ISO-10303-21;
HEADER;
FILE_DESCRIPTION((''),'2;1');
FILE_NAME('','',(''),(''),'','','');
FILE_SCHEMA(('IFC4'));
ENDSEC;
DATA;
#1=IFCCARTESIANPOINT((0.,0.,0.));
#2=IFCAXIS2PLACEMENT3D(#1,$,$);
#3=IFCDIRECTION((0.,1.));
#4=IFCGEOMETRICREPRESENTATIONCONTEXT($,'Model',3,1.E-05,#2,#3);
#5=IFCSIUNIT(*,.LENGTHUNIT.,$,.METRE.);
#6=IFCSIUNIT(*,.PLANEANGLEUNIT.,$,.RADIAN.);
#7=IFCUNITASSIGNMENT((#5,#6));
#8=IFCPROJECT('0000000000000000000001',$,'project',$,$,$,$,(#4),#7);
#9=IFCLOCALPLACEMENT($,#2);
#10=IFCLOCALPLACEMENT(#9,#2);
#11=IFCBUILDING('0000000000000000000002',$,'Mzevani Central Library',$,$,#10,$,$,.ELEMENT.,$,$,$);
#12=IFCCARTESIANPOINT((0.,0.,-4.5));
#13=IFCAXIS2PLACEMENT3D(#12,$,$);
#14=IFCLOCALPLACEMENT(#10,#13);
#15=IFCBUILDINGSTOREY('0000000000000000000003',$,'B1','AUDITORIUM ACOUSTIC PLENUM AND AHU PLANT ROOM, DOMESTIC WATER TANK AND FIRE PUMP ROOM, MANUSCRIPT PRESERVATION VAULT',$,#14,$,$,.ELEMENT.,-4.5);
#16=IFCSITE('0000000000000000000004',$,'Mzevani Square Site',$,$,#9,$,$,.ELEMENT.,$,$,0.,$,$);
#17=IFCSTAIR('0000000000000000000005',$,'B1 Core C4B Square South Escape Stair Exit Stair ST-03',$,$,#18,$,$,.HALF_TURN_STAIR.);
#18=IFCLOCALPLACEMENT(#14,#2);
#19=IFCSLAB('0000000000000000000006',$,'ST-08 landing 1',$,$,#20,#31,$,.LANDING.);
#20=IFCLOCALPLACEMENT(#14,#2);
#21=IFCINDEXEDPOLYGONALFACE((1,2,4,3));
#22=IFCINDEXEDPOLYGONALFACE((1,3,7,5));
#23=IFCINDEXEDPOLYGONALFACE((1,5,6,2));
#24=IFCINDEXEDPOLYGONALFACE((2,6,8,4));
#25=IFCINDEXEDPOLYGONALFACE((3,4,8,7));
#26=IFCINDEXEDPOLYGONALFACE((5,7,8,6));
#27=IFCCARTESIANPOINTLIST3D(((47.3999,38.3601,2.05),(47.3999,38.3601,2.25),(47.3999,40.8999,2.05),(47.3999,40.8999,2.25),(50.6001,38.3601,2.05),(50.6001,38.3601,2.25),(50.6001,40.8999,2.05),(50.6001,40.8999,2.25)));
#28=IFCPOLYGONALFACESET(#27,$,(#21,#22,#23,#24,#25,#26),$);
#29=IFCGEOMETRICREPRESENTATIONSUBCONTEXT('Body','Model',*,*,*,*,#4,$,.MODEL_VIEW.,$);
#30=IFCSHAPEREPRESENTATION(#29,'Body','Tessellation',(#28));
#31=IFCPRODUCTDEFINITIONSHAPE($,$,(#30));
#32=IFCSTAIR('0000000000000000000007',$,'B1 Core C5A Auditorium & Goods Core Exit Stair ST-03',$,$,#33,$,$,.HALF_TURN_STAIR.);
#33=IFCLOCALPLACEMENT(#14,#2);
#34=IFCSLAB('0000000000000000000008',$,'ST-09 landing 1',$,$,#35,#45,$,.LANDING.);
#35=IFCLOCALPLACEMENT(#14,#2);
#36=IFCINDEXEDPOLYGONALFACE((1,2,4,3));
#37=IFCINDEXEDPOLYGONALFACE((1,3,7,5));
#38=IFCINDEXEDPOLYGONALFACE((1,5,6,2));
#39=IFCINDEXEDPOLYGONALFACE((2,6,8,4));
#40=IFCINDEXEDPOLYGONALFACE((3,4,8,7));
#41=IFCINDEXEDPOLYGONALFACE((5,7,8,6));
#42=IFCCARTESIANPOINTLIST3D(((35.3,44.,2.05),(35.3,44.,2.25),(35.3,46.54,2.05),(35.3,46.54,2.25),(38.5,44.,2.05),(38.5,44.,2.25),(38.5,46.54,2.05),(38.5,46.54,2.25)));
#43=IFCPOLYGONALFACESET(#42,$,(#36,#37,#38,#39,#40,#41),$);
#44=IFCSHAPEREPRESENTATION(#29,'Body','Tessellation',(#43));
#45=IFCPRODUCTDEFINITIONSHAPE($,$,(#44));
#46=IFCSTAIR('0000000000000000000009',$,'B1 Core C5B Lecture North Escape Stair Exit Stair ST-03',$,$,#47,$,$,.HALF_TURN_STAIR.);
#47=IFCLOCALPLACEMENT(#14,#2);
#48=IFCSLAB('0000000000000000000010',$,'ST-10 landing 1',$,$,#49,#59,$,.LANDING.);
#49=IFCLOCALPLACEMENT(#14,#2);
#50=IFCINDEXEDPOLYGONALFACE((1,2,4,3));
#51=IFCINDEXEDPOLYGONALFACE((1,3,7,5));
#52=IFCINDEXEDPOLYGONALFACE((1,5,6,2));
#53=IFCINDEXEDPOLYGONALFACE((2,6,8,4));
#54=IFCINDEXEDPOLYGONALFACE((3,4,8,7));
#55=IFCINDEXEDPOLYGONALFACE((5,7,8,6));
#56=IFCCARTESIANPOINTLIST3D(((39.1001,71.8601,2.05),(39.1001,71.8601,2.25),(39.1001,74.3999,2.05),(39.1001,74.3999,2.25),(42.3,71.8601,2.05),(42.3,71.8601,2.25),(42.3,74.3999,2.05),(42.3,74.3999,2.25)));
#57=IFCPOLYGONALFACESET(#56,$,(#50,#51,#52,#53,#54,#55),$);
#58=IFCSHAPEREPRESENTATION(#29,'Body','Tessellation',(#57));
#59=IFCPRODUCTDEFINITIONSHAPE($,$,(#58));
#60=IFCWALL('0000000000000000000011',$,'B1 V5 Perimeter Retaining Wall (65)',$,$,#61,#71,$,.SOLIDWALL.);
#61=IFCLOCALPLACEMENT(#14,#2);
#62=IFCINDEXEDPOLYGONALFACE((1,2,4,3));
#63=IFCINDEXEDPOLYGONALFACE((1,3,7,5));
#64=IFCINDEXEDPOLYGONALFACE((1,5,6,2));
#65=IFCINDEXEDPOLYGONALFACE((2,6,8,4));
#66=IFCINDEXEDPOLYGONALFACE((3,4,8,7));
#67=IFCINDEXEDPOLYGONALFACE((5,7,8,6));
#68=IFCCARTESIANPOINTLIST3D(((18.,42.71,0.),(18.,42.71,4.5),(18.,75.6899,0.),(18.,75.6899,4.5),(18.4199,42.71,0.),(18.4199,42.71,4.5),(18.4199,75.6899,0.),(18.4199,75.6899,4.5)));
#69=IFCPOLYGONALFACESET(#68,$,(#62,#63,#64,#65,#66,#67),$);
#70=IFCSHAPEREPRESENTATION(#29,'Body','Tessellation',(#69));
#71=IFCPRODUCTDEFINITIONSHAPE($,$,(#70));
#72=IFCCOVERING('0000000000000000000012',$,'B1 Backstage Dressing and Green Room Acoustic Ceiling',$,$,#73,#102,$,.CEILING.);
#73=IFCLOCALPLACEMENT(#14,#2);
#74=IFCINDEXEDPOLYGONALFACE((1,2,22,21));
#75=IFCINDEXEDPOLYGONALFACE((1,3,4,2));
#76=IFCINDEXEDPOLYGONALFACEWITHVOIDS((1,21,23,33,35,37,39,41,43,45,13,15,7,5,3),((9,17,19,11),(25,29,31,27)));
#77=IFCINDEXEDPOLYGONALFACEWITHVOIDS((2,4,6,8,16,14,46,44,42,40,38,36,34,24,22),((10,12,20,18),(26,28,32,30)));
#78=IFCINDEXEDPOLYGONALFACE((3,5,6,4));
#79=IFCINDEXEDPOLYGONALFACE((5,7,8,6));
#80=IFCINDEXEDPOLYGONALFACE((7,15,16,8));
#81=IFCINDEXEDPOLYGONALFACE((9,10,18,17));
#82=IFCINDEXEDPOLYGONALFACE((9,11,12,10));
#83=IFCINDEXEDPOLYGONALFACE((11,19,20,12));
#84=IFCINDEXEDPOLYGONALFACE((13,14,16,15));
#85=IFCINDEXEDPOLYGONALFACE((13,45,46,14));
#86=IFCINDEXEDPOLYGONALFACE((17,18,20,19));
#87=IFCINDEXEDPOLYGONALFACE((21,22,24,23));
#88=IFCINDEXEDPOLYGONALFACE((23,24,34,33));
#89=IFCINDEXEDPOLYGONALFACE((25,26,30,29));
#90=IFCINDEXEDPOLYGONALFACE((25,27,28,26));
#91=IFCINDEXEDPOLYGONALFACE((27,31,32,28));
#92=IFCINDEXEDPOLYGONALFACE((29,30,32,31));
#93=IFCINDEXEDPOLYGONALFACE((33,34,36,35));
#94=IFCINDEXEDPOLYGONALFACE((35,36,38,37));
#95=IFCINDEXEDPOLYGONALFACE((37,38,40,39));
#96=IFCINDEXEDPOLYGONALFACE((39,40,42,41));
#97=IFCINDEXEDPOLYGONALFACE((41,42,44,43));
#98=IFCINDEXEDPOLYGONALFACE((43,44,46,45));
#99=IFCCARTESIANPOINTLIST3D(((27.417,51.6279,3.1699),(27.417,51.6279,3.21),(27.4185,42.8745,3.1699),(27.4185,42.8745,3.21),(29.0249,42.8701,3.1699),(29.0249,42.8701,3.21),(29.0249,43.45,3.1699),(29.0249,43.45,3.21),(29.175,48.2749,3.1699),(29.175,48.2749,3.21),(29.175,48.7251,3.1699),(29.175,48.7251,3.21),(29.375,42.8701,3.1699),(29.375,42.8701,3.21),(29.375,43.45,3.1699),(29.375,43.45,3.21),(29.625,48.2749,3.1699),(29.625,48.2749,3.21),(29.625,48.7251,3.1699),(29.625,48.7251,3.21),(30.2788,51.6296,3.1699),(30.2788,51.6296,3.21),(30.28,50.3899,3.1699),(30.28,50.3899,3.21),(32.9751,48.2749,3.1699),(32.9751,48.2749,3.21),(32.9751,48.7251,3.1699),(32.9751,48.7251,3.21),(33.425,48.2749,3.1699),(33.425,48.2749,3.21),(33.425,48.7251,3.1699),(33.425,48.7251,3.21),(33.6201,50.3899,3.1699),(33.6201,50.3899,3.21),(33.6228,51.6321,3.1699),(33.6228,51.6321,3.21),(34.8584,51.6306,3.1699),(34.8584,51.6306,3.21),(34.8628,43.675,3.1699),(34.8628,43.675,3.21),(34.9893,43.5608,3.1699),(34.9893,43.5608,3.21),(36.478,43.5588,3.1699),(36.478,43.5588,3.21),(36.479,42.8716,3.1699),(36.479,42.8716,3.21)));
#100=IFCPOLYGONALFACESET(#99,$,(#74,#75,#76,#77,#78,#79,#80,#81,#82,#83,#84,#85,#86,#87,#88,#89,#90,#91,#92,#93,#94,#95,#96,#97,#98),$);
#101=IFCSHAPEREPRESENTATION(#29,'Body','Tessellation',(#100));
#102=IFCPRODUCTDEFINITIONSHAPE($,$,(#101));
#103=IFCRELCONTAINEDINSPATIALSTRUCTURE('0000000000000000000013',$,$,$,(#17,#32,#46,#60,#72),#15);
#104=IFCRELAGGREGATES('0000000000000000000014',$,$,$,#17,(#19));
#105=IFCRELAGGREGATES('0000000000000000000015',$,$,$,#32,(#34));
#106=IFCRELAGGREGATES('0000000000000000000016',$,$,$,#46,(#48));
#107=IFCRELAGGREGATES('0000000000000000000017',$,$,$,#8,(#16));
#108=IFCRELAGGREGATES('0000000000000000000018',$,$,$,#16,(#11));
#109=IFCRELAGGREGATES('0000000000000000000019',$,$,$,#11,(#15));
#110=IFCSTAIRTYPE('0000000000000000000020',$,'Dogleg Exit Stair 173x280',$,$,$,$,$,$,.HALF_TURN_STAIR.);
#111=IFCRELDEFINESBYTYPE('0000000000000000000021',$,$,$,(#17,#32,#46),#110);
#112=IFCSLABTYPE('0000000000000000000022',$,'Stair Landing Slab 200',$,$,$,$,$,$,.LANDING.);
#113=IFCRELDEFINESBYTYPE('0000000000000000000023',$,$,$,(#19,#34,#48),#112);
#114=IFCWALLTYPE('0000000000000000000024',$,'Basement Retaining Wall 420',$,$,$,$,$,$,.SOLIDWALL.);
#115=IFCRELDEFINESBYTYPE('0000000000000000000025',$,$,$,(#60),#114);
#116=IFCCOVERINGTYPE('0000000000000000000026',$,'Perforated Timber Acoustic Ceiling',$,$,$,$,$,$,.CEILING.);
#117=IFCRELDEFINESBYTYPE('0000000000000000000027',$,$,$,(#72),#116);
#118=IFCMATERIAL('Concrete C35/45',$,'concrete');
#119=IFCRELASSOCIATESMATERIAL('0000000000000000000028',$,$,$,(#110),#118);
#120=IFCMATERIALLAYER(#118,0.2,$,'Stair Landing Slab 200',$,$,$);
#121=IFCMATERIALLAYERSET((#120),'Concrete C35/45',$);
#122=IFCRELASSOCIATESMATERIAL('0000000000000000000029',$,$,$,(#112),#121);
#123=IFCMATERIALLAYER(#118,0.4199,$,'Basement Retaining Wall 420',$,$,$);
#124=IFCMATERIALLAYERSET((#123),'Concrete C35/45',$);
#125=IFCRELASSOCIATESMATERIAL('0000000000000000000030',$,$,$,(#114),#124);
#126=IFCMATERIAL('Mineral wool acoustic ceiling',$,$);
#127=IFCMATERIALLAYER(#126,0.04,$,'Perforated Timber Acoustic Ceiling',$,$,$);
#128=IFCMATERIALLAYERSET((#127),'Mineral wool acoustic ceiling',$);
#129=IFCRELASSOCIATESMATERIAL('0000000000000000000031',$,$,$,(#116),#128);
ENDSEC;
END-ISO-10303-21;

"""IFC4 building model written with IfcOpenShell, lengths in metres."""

from ifc_helpers import new_model, si_unit, direction, frame, frame_2d, origin, place, context, subcontext, project, spatial, polyline, rectangle, outline, extrude, material, layer, layer_set, type_object, element, aggregate, save


model = new_model("IFC4")

# Units and contexts
model_context = context("Model", 3, precision=1e-05, world=origin(), true_north=direction((0.0, 1.0)))
body_context = subcontext(model_context, "Body", "Model", "MODEL_VIEW")
ifc_project = project(units=[si_unit("LENGTHUNIT", "METRE"), si_unit("PLANEANGLEUNIT", "RADIAN")], contexts=[model_context])

# Site, building, storey
site_placement = place(None, origin())
site = spatial("IfcSite", under=ifc_project, at=site_placement, Name="Mzevani Square Site", CompositionType="ELEMENT", RefElevation=0.0)
building_placement = place(site_placement, origin())
building = spatial("IfcBuilding", under=site, at=building_placement, Name="Mzevani Central Library", CompositionType="ELEMENT")
storey_placement = place(building_placement, frame((0.0, 0.0, -4.5)))
storey = spatial("IfcBuildingStorey", under=building, at=storey_placement, Name="B1", Description="AUDITORIUM ACOUSTIC PLENUM AND AHU PLANT ROOM, DOMESTIC WATER TANK AND FIRE PUMP ROOM, MANUSCRIPT PRESERVATION VAULT", CompositionType="ELEMENT", Elevation=-4.5)

# Stairs, slabs
ifc_material_1 = material(Name="Concrete C35/45", Category="concrete")
stair_type = type_object("IfcStairType", Name="Dogleg Exit Stair 173x280", PredefinedType="HALF_TURN_STAIR", material=ifc_material_1)
ifc_layer_1 = layer(ifc_material_1, 0.2, Name="Stair Landing Slab 200")
ifc_layer_set_1 = layer_set([ifc_layer_1], Name="Concrete C35/45")
slab_type_1 = type_object("IfcSlabType", Name="Stair Landing Slab 200", PredefinedType="LANDING", material=ifc_layer_set_1)
stair_1_placement = place(storey_placement, origin())
stair_1 = element("IfcStair", 1, at=stair_1_placement, inside=storey, type_object=stair_type, Name="B1 Core C4B Square South Escape Stair Exit Stair ST-03", PredefinedType="HALF_TURN_STAIR")
slab_1_placement = place(storey_placement, frame((0.0, 0.0, 2.05)))
slab_1 = element("IfcSlab", 2, at=slab_1_placement, type_object=slab_type_1, Name="ST-08 landing 1", PredefinedType="LANDING", context=body_context, shape_type="SweptSolid", body=[
    extrude(outline(polyline([(50.6001, 38.3601), (50.6001, 40.8999), (47.3999, 40.8999), (47.3999, 38.3601), (50.6001, 38.3601)])), origin(), (0.0, 0.0, 1.0), 0.2),
])
aggregate(stair_1, [slab_1])
stair_2_placement = place(storey_placement, origin())
stair_2 = element("IfcStair", 3, at=stair_2_placement, inside=storey, type_object=stair_type, Name="B1 Core C5A Auditorium & Goods Core Exit Stair ST-03", PredefinedType="HALF_TURN_STAIR")
slab_2_placement = place(storey_placement, frame((0.0, 0.0, 2.05)))
slab_2 = element("IfcSlab", 4, at=slab_2_placement, type_object=slab_type_1, Name="ST-09 landing 1", PredefinedType="LANDING", context=body_context, shape_type="SweptSolid", body=[
    extrude(outline(polyline([(35.3, 46.54), (35.3, 44.0), (38.5, 44.0), (38.5, 46.54), (35.3, 46.54)])), origin(), (0.0, 0.0, 1.0), 0.2),
])
aggregate(stair_2, [slab_2])
stair_3_placement = place(storey_placement, origin())
stair_3 = element("IfcStair", 5, at=stair_3_placement, inside=storey, type_object=stair_type, Name="B1 Core C5B Lecture North Escape Stair Exit Stair ST-03", PredefinedType="HALF_TURN_STAIR")
slab_3_placement = place(storey_placement, frame((0.0, 0.0, 2.05)))
slab_3 = element("IfcSlab", 6, at=slab_3_placement, type_object=slab_type_1, Name="ST-10 landing 1", PredefinedType="LANDING", context=body_context, shape_type="SweptSolid", body=[
    extrude(outline(polyline([(42.3, 71.8601), (42.3, 74.3999), (39.1001, 74.3999), (39.1001, 71.8601), (42.3, 71.8601)])), origin(), (0.0, 0.0, 1.0), 0.2),
])
aggregate(stair_3, [slab_3])

# Wall
ifc_layer_2 = layer(ifc_material_1, 0.4199, Name="Basement Retaining Wall 420")
ifc_layer_set_2 = layer_set([ifc_layer_2], Name="Concrete C35/45")
wall_type = type_object("IfcWallType", Name="Basement Retaining Wall 420", PredefinedType="SOLIDWALL", material=ifc_layer_set_2)
wall_placement = place(storey_placement, frame((18.21, 42.71, 0.0), z_axis=(0.0, 0.0, 1.0), x_axis=(0.0, 1.0, 0.0)))
element("IfcWall", 7, at=wall_placement, inside=storey, type_object=wall_type, Name="B1 V5 Perimeter Retaining Wall (65)", PredefinedType="SOLIDWALL", context=body_context, shape_type="SweptSolid", body=[
    extrude(rectangle(XDim=32.98, YDim=0.4199, at=frame_2d((16.49, 0.0))), origin(), (0.0, 0.0, 1.0), 4.5),
])

# Covering
ifc_material_2 = material(Name="Mineral wool acoustic ceiling")
ifc_layer_3 = layer(ifc_material_2, 0.04, Name="Perforated Timber Acoustic Ceiling")
ifc_layer_set_3 = layer_set([ifc_layer_3], Name="Mineral wool acoustic ceiling")
covering_type = type_object("IfcCoveringType", Name="Perforated Timber Acoustic Ceiling", PredefinedType="CEILING", material=ifc_layer_set_3)
covering_placement = place(storey_placement, frame((0.0, 0.0, 3.1699)))
element("IfcCovering", 8, at=covering_placement, inside=storey, type_object=covering_type, Name="B1 Backstage Dressing and Green Room Acoustic Ceiling", PredefinedType="CEILING", context=body_context, shape_type="SweptSolid", body=[
    extrude(outline(polyline([(30.2788, 51.6296), (30.28, 50.3899), (33.6201, 50.3899), (33.6228, 51.6321), (34.8584, 51.6306), (34.8628, 43.675), (34.9893, 43.5608), (36.478, 43.5588), (36.479, 42.8716), (29.375, 42.8701), (29.375, 43.45), (29.0249, 43.45), (29.0249, 42.8701), (27.4185, 42.8745), (27.417, 51.6279), (30.2788, 51.6296)]), holes=[polyline([(29.175, 48.7251), (29.175, 48.2749), (29.625, 48.2749), (29.625, 48.7251), (29.175, 48.7251)]), polyline([(33.425, 48.7251), (32.9751, 48.7251), (32.9751, 48.2749), (33.425, 48.2749), (33.425, 48.7251)])]), origin(), (0.0, 0.0, 1.0), 0.04),
])

save(model, "model.ifc")
